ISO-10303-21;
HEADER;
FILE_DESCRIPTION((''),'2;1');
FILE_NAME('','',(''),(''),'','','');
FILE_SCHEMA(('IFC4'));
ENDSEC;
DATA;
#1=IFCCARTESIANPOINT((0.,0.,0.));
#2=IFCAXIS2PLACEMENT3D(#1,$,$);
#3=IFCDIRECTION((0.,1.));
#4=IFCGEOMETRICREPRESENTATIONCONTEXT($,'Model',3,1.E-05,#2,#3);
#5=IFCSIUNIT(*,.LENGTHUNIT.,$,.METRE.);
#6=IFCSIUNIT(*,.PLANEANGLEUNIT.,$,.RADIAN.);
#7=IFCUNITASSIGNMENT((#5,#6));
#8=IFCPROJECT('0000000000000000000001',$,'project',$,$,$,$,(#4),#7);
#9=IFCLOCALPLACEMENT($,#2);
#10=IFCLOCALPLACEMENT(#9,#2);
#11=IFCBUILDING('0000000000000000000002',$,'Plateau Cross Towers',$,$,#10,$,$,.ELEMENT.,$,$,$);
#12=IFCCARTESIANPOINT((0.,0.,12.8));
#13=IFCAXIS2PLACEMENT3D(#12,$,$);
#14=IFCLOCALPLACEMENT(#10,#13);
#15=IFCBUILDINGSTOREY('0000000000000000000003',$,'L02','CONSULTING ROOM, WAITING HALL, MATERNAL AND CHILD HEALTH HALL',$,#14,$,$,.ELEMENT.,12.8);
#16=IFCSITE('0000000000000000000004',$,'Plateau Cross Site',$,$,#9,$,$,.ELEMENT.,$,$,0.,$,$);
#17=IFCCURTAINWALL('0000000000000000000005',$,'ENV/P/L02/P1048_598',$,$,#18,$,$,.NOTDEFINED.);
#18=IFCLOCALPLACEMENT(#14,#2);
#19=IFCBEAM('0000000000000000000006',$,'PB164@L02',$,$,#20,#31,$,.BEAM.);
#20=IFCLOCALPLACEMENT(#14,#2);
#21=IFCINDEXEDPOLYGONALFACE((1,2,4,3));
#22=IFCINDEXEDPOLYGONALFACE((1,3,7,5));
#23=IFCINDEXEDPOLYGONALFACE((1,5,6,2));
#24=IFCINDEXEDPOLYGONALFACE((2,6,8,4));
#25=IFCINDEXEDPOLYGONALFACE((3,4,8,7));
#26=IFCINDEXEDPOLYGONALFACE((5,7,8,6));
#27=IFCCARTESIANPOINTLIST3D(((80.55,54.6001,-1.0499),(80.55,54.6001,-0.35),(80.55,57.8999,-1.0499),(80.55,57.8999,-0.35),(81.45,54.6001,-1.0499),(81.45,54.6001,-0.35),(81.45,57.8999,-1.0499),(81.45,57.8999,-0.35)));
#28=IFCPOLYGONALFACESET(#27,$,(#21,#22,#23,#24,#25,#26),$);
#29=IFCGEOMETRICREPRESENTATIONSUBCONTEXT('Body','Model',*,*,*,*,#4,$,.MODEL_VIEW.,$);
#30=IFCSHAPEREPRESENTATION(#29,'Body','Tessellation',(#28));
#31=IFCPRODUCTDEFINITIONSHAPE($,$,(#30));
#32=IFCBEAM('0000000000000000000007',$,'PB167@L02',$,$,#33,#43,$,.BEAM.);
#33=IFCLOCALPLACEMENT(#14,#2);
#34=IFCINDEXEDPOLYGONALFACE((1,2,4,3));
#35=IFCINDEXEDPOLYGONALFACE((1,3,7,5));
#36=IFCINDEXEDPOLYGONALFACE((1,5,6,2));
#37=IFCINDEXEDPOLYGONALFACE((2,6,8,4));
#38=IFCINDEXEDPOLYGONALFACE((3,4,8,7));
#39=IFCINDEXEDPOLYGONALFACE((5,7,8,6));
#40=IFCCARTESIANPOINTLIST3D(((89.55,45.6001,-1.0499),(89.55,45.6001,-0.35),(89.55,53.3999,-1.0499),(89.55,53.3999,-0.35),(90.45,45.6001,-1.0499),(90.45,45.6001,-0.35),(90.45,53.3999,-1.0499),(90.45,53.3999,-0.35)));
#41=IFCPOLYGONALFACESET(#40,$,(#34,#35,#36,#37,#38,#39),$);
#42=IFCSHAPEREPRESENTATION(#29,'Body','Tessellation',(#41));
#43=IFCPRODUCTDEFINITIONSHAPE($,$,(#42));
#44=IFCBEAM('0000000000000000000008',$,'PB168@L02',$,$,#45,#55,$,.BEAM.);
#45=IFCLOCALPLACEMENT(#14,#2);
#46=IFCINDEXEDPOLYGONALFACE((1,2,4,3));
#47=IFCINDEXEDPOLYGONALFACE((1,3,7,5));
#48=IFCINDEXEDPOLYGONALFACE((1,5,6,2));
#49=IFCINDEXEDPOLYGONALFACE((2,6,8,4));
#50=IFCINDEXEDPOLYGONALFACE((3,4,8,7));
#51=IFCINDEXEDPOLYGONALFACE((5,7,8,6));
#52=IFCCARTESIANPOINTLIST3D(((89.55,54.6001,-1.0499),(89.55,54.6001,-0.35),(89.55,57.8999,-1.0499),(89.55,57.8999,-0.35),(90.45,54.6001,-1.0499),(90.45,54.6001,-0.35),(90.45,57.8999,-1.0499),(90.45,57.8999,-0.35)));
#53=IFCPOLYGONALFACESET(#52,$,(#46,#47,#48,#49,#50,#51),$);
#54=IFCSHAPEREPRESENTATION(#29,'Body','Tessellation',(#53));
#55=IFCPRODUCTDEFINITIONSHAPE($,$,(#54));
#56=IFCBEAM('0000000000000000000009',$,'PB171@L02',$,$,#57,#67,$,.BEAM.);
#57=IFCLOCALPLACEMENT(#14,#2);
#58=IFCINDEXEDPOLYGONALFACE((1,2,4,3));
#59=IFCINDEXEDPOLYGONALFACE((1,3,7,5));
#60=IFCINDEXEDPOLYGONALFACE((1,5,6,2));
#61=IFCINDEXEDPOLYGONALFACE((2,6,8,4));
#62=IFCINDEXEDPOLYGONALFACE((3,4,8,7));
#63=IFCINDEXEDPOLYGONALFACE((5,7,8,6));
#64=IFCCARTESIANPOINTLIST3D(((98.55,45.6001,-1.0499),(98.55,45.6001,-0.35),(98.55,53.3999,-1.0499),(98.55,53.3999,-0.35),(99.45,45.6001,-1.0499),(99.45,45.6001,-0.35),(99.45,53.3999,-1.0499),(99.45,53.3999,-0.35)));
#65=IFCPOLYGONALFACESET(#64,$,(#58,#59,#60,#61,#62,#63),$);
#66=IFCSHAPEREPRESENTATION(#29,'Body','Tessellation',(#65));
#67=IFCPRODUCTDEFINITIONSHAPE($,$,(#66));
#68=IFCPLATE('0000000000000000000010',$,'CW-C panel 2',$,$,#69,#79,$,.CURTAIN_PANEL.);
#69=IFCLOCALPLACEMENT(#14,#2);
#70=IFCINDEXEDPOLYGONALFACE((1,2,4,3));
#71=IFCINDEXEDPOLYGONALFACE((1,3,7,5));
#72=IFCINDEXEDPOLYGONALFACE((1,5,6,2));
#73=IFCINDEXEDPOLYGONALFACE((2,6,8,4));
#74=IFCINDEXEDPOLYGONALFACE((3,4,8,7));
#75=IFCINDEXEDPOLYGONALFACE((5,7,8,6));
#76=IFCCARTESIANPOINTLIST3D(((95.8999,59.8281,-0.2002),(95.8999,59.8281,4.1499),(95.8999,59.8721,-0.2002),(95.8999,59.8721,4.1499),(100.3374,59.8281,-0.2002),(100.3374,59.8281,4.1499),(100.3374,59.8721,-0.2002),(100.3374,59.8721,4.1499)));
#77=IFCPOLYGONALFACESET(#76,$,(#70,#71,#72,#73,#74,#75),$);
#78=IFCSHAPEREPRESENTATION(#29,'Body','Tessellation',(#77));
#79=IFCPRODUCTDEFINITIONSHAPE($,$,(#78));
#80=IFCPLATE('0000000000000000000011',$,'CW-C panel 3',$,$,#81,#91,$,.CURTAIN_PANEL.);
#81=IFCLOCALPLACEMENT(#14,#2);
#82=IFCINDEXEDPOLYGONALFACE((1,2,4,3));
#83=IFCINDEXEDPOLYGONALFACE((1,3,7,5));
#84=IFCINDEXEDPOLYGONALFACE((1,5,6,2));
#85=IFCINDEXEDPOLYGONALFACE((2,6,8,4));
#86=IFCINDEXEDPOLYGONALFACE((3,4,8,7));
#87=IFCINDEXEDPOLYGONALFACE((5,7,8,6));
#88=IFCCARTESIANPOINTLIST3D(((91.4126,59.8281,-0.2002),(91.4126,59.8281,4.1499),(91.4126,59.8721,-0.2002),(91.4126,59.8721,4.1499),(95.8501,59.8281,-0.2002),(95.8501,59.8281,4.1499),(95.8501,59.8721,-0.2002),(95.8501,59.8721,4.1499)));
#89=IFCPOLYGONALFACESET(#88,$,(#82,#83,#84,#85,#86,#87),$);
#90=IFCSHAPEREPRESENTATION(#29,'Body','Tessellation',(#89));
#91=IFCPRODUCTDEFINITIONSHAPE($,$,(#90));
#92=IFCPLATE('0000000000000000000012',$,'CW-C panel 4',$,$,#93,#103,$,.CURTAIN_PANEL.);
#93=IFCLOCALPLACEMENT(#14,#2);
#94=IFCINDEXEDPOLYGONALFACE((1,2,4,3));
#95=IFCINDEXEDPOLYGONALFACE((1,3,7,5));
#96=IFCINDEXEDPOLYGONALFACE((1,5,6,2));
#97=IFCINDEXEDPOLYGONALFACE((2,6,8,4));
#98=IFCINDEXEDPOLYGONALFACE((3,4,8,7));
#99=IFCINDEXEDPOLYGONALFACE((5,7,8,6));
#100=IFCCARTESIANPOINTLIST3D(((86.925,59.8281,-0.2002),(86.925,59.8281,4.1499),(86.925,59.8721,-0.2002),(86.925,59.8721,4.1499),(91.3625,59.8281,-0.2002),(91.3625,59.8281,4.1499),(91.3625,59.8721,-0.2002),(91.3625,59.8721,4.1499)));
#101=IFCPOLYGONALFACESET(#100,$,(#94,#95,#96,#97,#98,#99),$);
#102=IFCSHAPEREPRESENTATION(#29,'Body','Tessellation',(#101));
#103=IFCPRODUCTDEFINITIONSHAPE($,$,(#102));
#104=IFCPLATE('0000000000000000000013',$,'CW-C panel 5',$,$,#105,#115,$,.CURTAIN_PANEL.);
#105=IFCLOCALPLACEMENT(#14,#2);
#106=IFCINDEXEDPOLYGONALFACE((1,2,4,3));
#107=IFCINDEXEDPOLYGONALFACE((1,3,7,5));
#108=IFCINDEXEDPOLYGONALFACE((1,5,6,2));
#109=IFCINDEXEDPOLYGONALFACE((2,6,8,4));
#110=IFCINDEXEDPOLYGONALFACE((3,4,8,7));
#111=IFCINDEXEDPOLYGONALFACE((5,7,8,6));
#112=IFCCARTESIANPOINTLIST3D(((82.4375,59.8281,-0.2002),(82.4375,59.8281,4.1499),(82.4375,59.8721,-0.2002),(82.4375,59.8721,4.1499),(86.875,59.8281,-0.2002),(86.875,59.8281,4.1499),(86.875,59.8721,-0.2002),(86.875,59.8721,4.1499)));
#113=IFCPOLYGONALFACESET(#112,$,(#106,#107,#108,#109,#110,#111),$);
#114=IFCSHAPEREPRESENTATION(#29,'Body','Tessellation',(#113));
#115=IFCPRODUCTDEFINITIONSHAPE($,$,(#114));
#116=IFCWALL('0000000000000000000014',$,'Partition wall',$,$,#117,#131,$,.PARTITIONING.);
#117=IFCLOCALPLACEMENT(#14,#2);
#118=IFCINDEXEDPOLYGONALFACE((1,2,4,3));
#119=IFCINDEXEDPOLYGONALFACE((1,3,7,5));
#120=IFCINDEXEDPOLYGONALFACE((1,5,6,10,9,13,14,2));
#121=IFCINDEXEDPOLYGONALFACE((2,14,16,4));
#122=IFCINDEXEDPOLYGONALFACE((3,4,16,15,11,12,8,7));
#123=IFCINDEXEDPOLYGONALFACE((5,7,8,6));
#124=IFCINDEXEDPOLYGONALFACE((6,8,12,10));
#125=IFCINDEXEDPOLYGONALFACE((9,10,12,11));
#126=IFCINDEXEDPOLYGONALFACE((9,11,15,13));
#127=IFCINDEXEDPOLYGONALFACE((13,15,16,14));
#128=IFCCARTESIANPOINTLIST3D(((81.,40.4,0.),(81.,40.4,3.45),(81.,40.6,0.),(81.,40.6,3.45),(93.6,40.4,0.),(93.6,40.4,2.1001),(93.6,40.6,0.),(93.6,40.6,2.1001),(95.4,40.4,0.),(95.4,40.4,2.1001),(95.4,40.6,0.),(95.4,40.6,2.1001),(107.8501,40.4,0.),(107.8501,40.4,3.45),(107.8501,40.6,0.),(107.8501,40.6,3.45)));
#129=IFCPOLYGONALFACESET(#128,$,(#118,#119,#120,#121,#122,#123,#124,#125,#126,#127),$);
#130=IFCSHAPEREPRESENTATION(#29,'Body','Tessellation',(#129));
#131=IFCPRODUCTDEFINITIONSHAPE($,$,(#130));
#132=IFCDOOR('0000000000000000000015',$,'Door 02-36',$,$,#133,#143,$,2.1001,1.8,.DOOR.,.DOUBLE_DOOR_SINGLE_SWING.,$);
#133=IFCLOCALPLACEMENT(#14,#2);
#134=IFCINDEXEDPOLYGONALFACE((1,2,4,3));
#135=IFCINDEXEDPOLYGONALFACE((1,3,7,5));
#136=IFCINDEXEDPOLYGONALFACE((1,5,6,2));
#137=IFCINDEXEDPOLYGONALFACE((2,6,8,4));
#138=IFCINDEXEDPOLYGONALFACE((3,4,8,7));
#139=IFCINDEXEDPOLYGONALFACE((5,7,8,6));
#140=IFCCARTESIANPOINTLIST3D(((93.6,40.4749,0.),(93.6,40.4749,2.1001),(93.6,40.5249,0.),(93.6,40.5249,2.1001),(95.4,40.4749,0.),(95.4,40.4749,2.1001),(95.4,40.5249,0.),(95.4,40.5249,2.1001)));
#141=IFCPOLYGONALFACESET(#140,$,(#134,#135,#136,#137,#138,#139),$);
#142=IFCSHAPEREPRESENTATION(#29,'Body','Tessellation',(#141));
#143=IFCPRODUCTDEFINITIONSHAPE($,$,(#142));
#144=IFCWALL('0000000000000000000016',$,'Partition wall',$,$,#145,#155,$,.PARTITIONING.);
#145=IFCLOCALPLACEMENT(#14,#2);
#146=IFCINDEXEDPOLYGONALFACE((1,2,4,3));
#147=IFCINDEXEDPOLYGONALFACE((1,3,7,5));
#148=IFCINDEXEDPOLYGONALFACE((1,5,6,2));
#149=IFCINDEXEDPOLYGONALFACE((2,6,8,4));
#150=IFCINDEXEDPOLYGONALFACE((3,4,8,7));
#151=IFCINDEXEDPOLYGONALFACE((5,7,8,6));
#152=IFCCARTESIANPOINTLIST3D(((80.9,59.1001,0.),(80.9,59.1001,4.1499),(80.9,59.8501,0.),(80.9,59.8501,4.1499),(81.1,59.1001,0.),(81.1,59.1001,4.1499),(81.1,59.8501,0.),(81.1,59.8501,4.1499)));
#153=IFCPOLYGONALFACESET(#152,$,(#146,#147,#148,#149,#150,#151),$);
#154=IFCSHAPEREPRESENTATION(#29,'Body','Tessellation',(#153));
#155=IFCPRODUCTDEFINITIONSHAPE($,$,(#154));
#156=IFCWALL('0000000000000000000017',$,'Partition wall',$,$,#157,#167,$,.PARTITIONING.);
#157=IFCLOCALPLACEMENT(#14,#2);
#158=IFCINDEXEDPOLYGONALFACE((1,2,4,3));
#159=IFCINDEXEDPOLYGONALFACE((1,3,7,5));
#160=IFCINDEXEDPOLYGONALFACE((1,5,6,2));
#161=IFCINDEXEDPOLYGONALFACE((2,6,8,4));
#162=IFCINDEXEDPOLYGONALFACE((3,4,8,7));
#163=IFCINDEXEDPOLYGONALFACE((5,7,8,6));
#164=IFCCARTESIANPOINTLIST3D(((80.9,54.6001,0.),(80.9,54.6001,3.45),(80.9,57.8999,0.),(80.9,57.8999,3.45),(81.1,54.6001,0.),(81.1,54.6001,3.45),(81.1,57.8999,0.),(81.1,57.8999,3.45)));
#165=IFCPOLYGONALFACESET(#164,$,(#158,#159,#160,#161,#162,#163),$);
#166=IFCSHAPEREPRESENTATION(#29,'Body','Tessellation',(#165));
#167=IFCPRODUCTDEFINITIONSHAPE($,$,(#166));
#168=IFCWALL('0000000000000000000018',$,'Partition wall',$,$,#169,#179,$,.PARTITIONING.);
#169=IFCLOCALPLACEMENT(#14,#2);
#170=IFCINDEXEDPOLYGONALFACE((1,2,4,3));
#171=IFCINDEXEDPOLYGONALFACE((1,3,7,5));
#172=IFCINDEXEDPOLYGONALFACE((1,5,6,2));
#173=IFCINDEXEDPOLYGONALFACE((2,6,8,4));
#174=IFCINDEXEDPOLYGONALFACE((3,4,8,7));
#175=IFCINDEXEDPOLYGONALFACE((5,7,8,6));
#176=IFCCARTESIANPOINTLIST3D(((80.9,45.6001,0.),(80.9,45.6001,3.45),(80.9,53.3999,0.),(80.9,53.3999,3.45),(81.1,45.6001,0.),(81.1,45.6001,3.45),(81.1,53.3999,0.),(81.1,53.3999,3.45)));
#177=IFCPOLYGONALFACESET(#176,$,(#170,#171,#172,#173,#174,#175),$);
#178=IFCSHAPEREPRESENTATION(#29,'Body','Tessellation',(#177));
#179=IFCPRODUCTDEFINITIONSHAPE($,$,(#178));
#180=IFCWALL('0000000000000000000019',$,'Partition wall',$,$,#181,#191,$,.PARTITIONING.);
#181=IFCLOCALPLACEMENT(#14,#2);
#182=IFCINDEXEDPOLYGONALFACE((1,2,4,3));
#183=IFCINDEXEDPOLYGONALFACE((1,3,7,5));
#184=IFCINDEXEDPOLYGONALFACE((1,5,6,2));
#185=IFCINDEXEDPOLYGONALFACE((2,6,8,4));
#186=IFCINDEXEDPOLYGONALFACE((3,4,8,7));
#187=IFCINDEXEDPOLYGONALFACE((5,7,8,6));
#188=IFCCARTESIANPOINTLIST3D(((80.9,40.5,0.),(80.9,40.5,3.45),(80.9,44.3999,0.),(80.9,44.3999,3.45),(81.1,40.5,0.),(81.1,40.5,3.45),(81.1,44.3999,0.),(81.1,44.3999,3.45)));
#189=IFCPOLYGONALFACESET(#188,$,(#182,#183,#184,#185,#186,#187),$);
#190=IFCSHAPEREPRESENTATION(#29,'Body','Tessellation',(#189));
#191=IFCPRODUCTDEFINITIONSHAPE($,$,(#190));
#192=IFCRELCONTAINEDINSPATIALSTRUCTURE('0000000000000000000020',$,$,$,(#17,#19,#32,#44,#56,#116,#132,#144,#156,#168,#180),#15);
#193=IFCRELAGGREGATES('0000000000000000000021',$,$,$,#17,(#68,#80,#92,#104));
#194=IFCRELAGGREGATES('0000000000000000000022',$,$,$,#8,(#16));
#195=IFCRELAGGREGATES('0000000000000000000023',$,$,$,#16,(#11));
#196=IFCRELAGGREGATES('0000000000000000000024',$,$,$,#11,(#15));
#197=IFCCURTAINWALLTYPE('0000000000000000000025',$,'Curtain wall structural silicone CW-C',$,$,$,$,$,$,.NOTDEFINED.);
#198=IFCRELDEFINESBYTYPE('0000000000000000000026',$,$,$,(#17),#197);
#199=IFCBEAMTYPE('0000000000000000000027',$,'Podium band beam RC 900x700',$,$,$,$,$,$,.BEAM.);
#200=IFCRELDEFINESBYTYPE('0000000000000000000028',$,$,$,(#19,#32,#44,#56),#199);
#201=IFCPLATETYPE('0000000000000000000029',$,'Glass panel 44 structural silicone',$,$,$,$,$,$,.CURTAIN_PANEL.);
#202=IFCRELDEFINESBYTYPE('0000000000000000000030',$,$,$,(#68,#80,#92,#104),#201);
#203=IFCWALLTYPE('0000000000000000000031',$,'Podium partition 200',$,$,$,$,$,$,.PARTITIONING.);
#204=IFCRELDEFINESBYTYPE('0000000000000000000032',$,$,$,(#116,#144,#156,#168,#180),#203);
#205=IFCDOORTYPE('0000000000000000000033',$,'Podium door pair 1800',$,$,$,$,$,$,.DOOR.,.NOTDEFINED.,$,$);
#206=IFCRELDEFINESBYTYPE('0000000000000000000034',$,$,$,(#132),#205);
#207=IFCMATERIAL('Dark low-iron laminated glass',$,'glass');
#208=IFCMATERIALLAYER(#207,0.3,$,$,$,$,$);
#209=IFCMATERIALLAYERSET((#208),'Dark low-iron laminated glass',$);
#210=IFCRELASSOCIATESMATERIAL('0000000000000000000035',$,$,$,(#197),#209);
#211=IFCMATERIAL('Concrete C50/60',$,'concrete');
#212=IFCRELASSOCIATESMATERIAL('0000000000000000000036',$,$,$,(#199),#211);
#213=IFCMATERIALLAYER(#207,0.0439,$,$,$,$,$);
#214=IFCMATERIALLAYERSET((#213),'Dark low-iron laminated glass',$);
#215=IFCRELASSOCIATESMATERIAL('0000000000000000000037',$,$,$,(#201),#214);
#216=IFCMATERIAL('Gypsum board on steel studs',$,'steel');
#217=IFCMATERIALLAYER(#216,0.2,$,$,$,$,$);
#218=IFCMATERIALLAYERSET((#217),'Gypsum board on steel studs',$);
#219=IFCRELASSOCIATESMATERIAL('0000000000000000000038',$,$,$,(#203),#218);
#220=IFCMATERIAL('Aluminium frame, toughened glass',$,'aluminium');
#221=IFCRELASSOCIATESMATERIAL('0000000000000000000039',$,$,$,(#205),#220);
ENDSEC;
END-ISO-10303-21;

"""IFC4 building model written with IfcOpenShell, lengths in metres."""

from ifc_helpers import new_model, si_unit, direction, frame, frame_2d, origin, origin_2d, place, context, subcontext, project, spatial, rectangle, extrude, material, layer, layer_set, material_profile, profile_set, type_object, element, fill, aggregate, save


model = new_model("IFC4")

# Units and contexts
model_context = context("Model", 3, precision=1e-05, world=origin(), true_north=direction((0.0, 1.0)))
body_context = subcontext(model_context, "Body", "Model", "MODEL_VIEW")
ifc_project = project(units=[si_unit("LENGTHUNIT", "METRE"), si_unit("PLANEANGLEUNIT", "RADIAN")], contexts=[model_context])

# Site, building, storey
site_placement = place(None, origin())
site = spatial("IfcSite", under=ifc_project, at=site_placement, Name="Plateau Cross Site", CompositionType="ELEMENT", RefElevation=0.0)
building_placement = place(site_placement, origin())
building = spatial("IfcBuilding", under=site, at=building_placement, Name="Plateau Cross Towers", CompositionType="ELEMENT")
storey_placement = place(building_placement, frame((0.0, 0.0, 12.8)))
storey = spatial("IfcBuildingStorey", under=building, at=storey_placement, Name="L02", Description="CONSULTING ROOM, WAITING HALL, MATERNAL AND CHILD HEALTH HALL", CompositionType="ELEMENT", Elevation=12.8)

# Curtain wall
ifc_material_1 = material(Name="Dark low-iron laminated glass", Category="glass")
ifc_layer_1 = layer(ifc_material_1, 0.3)
ifc_layer_set_1 = layer_set([ifc_layer_1], Name="Dark low-iron laminated glass")
curtain_wall_type = type_object("IfcCurtainWallType", Name="Curtain wall structural silicone CW-C", PredefinedType="NOTDEFINED", material=ifc_layer_set_1)
curtain_wall_placement = place(storey_placement, origin())
curtain_wall = element("IfcCurtainWall", 1, at=curtain_wall_placement, inside=storey, type_object=curtain_wall_type, Name="ENV/P/L02/P1048_598", PredefinedType="NOTDEFINED")

# Beams
ifc_material_2 = material(Name="Concrete C50/60", Category="concrete")
ifc_material_profile_1 = material_profile(ifc_material_2, rectangle(XDim=0.8999, YDim=0.7, at=origin_2d()), Name="RC 900x700")
ifc_profile_set_1 = profile_set([ifc_material_profile_1], Name="Concrete C50/60")
beam_type = type_object("IfcBeamType", Name="Podium band beam RC 900x700", PredefinedType="BEAM", material=ifc_profile_set_1)
beam_1_placement = place(storey_placement, frame((81.0, 54.6001, -0.7), z_axis=(0.0, 1.0, 0.0), x_axis=(-1.0, 0.0, 0.0)))
element("IfcBeam", 2, at=beam_1_placement, inside=storey, type_object=beam_type, Name="PB164@L02", PredefinedType="BEAM", context=body_context, shape_type="SweptSolid", body=[
    extrude(rectangle(XDim=0.8999, YDim=0.7, at=origin_2d()), origin(), (0.0, 0.0, 1.0), 3.2998),
])
beam_2_placement = place(storey_placement, frame((90.0, 45.6001, -0.7), z_axis=(0.0, 1.0, 0.0), x_axis=(-1.0, 0.0, 0.0)))
element("IfcBeam", 3, at=beam_2_placement, inside=storey, type_object=beam_type, Name="PB167@L02", PredefinedType="BEAM", context=body_context, shape_type="SweptSolid", body=[
    extrude(rectangle(XDim=0.8999, YDim=0.7, at=origin_2d()), origin(), (0.0, 0.0, 1.0), 7.7998),
])
beam_3_placement = place(storey_placement, frame((90.0, 54.6001, -0.7), z_axis=(0.0, 1.0, 0.0), x_axis=(-1.0, 0.0, 0.0)))
element("IfcBeam", 4, at=beam_3_placement, inside=storey, type_object=beam_type, Name="PB168@L02", PredefinedType="BEAM", context=body_context, shape_type="SweptSolid", body=[
    extrude(rectangle(XDim=0.8999, YDim=0.7, at=origin_2d()), origin(), (0.0, 0.0, 1.0), 3.2998),
])
beam_4_placement = place(storey_placement, frame((99.0, 45.6001, -0.7), z_axis=(0.0, 1.0, 0.0), x_axis=(-1.0, 0.0, 0.0)))
element("IfcBeam", 5, at=beam_4_placement, inside=storey, type_object=beam_type, Name="PB171@L02", PredefinedType="BEAM", context=body_context, shape_type="SweptSolid", body=[
    extrude(rectangle(XDim=0.8999, YDim=0.7, at=origin_2d()), origin(), (0.0, 0.0, 1.0), 7.7998),
])

# Plates
ifc_layer_2 = layer(ifc_material_1, 0.0439)
ifc_layer_set_2 = layer_set([ifc_layer_2], Name="Dark low-iron laminated glass")
plate_type = type_object("IfcPlateType", Name="Glass panel 44 structural silicone", PredefinedType="CURTAIN_PANEL", material=ifc_layer_set_2)
plate_1_placement = place(storey_placement, frame((98.1187, 59.8501, -0.2002), z_axis=(0.0, 0.0, 1.0), x_axis=(-1.0, 0.0, 0.0)))
plate_1 = element("IfcPlate", 6, at=plate_1_placement, type_object=plate_type, Name="CW-C panel 2", PredefinedType="CURTAIN_PANEL", context=body_context, shape_type="SweptSolid", body=[
    extrude(rectangle(XDim=4.4375, YDim=0.0439, at=origin_2d()), origin(), (0.0, 0.0, 1.0), 4.3501),
])
plate_2_placement = place(storey_placement, frame((93.6313, 59.8501, -0.2002), z_axis=(0.0, 0.0, 1.0), x_axis=(-1.0, 0.0, 0.0)))
plate_2 = element("IfcPlate", 7, at=plate_2_placement, type_object=plate_type, Name="CW-C panel 3", PredefinedType="CURTAIN_PANEL", context=body_context, shape_type="SweptSolid", body=[
    extrude(rectangle(XDim=4.4375, YDim=0.0439, at=origin_2d()), origin(), (0.0, 0.0, 1.0), 4.3501),
])
plate_3_placement = place(storey_placement, frame((89.1438, 59.8501, -0.2002), z_axis=(0.0, 0.0, 1.0), x_axis=(-1.0, 0.0, 0.0)))
plate_3 = element("IfcPlate", 8, at=plate_3_placement, type_object=plate_type, Name="CW-C panel 4", PredefinedType="CURTAIN_PANEL", context=body_context, shape_type="SweptSolid", body=[
    extrude(rectangle(XDim=4.4375, YDim=0.0439, at=origin_2d()), origin(), (0.0, 0.0, 1.0), 4.3501),
])
plate_4_placement = place(storey_placement, frame((84.6562, 59.8501, -0.2002), z_axis=(0.0, 0.0, 1.0), x_axis=(-1.0, 0.0, 0.0)))
plate_4 = element("IfcPlate", 9, at=plate_4_placement, type_object=plate_type, Name="CW-C panel 5", PredefinedType="CURTAIN_PANEL", context=body_context, shape_type="SweptSolid", body=[
    extrude(rectangle(XDim=4.4375, YDim=0.0439, at=origin_2d()), origin(), (0.0, 0.0, 1.0), 4.3501),
])
aggregate(curtain_wall, [plate_1, plate_2, plate_3, plate_4])

# Wall, opening, door
ifc_material_3 = material(Name="Gypsum board on steel studs", Category="steel")
ifc_layer_3 = layer(ifc_material_3, 0.2)
ifc_layer_set_3 = layer_set([ifc_layer_3], Name="Gypsum board on steel studs")
wall_type = type_object("IfcWallType", Name="Podium partition 200", PredefinedType="PARTITIONING", material=ifc_layer_set_3)
wall_1_placement = place(storey_placement, frame((81.0, 40.5, 0.0), z_axis=(0.0, 0.0, 1.0), x_axis=(1.0, 0.0, 0.0)))
wall_1 = element("IfcWall", 10, at=wall_1_placement, inside=storey, type_object=wall_type, Name="Partition wall", PredefinedType="PARTITIONING", context=body_context, shape_type="SweptSolid", body=[
    extrude(rectangle(XDim=26.8501, YDim=0.2, at=frame_2d((13.425, 0.0))), origin(), (0.0, 0.0, 1.0), 3.45),
])
opening_placement = place(wall_1_placement, frame((12.6001, 0.0, 0.0)))
opening = element("IfcOpeningElement", 11, at=opening_placement, cuts=wall_1, PredefinedType="OPENING", context=body_context, shape_type="SweptSolid", body=[
    extrude(rectangle(XDim=1.8, YDim=2.1001, at=frame_2d((0.8999, 1.05))), frame((0.0, 0.1099, 0.0), z_axis=(0.0, -1.0, 0.0), x_axis=(1.0, 0.0, 0.0)), (0.0, 0.0, 1.0), 0.22),
])
ifc_material_4 = material(Name="Aluminium frame, toughened glass", Category="aluminium")
door_type = type_object("IfcDoorType", Name="Podium door pair 1800", OperationType="NOTDEFINED", PredefinedType="DOOR", material=ifc_material_4)
door_placement = place(opening_placement, origin())
door = element("IfcDoor", 12, at=door_placement, inside=storey, type_object=door_type, Name="Door 02-36", OperationType="DOUBLE_DOOR_SINGLE_SWING", OverallHeight=2.1001, OverallWidth=1.8, PredefinedType="DOOR", context=body_context, shape_type="SweptSolid", body=[
    extrude(rectangle(XDim=1.8, YDim=2.1001, at=frame_2d((0.8999, 1.05))), frame((0.0, 0.0249, 0.0), z_axis=(0.0, -1.0, 0.0), x_axis=(1.0, 0.0, 0.0)), (0.0, 0.0, 1.0), 0.05),
])
fill(opening, door)

# Walls
wall_2_placement = place(storey_placement, frame((81.0, 59.8501, 0.0), z_axis=(0.0, 0.0, 1.0), x_axis=(0.0, -1.0, 0.0)))
element("IfcWall", 13, at=wall_2_placement, inside=storey, type_object=wall_type, Name="Partition wall", PredefinedType="PARTITIONING", context=body_context, shape_type="SweptSolid", body=[
    extrude(rectangle(XDim=0.75, YDim=0.2, at=frame_2d((0.375, 0.0))), origin(), (0.0, 0.0, 1.0), 4.1499),
])
wall_3_placement = place(storey_placement, frame((81.0, 57.8999, 0.0), z_axis=(0.0, 0.0, 1.0), x_axis=(0.0, -1.0, 0.0)))
element("IfcWall", 14, at=wall_3_placement, inside=storey, type_object=wall_type, Name="Partition wall", PredefinedType="PARTITIONING", context=body_context, shape_type="SweptSolid", body=[
    extrude(rectangle(XDim=3.2998, YDim=0.2, at=frame_2d((1.6499, 0.0))), origin(), (0.0, 0.0, 1.0), 3.45),
])
wall_4_placement = place(storey_placement, frame((81.0, 53.3999, 0.0), z_axis=(0.0, 0.0, 1.0), x_axis=(0.0, -1.0, 0.0)))
element("IfcWall", 15, at=wall_4_placement, inside=storey, type_object=wall_type, Name="Partition wall", PredefinedType="PARTITIONING", context=body_context, shape_type="SweptSolid", body=[
    extrude(rectangle(XDim=7.7998, YDim=0.2, at=frame_2d((3.8999, 0.0))), origin(), (0.0, 0.0, 1.0), 3.45),
])
wall_5_placement = place(storey_placement, frame((81.0, 44.3999, 0.0), z_axis=(0.0, 0.0, 1.0), x_axis=(0.0, -1.0, 0.0)))
element("IfcWall", 16, at=wall_5_placement, inside=storey, type_object=wall_type, Name="Partition wall", PredefinedType="PARTITIONING", context=body_context, shape_type="SweptSolid", body=[
    extrude(rectangle(XDim=3.8999, YDim=0.2, at=frame_2d((1.95, 0.0))), origin(), (0.0, 0.0, 1.0), 3.45),
])

save(model, "model.ifc")
